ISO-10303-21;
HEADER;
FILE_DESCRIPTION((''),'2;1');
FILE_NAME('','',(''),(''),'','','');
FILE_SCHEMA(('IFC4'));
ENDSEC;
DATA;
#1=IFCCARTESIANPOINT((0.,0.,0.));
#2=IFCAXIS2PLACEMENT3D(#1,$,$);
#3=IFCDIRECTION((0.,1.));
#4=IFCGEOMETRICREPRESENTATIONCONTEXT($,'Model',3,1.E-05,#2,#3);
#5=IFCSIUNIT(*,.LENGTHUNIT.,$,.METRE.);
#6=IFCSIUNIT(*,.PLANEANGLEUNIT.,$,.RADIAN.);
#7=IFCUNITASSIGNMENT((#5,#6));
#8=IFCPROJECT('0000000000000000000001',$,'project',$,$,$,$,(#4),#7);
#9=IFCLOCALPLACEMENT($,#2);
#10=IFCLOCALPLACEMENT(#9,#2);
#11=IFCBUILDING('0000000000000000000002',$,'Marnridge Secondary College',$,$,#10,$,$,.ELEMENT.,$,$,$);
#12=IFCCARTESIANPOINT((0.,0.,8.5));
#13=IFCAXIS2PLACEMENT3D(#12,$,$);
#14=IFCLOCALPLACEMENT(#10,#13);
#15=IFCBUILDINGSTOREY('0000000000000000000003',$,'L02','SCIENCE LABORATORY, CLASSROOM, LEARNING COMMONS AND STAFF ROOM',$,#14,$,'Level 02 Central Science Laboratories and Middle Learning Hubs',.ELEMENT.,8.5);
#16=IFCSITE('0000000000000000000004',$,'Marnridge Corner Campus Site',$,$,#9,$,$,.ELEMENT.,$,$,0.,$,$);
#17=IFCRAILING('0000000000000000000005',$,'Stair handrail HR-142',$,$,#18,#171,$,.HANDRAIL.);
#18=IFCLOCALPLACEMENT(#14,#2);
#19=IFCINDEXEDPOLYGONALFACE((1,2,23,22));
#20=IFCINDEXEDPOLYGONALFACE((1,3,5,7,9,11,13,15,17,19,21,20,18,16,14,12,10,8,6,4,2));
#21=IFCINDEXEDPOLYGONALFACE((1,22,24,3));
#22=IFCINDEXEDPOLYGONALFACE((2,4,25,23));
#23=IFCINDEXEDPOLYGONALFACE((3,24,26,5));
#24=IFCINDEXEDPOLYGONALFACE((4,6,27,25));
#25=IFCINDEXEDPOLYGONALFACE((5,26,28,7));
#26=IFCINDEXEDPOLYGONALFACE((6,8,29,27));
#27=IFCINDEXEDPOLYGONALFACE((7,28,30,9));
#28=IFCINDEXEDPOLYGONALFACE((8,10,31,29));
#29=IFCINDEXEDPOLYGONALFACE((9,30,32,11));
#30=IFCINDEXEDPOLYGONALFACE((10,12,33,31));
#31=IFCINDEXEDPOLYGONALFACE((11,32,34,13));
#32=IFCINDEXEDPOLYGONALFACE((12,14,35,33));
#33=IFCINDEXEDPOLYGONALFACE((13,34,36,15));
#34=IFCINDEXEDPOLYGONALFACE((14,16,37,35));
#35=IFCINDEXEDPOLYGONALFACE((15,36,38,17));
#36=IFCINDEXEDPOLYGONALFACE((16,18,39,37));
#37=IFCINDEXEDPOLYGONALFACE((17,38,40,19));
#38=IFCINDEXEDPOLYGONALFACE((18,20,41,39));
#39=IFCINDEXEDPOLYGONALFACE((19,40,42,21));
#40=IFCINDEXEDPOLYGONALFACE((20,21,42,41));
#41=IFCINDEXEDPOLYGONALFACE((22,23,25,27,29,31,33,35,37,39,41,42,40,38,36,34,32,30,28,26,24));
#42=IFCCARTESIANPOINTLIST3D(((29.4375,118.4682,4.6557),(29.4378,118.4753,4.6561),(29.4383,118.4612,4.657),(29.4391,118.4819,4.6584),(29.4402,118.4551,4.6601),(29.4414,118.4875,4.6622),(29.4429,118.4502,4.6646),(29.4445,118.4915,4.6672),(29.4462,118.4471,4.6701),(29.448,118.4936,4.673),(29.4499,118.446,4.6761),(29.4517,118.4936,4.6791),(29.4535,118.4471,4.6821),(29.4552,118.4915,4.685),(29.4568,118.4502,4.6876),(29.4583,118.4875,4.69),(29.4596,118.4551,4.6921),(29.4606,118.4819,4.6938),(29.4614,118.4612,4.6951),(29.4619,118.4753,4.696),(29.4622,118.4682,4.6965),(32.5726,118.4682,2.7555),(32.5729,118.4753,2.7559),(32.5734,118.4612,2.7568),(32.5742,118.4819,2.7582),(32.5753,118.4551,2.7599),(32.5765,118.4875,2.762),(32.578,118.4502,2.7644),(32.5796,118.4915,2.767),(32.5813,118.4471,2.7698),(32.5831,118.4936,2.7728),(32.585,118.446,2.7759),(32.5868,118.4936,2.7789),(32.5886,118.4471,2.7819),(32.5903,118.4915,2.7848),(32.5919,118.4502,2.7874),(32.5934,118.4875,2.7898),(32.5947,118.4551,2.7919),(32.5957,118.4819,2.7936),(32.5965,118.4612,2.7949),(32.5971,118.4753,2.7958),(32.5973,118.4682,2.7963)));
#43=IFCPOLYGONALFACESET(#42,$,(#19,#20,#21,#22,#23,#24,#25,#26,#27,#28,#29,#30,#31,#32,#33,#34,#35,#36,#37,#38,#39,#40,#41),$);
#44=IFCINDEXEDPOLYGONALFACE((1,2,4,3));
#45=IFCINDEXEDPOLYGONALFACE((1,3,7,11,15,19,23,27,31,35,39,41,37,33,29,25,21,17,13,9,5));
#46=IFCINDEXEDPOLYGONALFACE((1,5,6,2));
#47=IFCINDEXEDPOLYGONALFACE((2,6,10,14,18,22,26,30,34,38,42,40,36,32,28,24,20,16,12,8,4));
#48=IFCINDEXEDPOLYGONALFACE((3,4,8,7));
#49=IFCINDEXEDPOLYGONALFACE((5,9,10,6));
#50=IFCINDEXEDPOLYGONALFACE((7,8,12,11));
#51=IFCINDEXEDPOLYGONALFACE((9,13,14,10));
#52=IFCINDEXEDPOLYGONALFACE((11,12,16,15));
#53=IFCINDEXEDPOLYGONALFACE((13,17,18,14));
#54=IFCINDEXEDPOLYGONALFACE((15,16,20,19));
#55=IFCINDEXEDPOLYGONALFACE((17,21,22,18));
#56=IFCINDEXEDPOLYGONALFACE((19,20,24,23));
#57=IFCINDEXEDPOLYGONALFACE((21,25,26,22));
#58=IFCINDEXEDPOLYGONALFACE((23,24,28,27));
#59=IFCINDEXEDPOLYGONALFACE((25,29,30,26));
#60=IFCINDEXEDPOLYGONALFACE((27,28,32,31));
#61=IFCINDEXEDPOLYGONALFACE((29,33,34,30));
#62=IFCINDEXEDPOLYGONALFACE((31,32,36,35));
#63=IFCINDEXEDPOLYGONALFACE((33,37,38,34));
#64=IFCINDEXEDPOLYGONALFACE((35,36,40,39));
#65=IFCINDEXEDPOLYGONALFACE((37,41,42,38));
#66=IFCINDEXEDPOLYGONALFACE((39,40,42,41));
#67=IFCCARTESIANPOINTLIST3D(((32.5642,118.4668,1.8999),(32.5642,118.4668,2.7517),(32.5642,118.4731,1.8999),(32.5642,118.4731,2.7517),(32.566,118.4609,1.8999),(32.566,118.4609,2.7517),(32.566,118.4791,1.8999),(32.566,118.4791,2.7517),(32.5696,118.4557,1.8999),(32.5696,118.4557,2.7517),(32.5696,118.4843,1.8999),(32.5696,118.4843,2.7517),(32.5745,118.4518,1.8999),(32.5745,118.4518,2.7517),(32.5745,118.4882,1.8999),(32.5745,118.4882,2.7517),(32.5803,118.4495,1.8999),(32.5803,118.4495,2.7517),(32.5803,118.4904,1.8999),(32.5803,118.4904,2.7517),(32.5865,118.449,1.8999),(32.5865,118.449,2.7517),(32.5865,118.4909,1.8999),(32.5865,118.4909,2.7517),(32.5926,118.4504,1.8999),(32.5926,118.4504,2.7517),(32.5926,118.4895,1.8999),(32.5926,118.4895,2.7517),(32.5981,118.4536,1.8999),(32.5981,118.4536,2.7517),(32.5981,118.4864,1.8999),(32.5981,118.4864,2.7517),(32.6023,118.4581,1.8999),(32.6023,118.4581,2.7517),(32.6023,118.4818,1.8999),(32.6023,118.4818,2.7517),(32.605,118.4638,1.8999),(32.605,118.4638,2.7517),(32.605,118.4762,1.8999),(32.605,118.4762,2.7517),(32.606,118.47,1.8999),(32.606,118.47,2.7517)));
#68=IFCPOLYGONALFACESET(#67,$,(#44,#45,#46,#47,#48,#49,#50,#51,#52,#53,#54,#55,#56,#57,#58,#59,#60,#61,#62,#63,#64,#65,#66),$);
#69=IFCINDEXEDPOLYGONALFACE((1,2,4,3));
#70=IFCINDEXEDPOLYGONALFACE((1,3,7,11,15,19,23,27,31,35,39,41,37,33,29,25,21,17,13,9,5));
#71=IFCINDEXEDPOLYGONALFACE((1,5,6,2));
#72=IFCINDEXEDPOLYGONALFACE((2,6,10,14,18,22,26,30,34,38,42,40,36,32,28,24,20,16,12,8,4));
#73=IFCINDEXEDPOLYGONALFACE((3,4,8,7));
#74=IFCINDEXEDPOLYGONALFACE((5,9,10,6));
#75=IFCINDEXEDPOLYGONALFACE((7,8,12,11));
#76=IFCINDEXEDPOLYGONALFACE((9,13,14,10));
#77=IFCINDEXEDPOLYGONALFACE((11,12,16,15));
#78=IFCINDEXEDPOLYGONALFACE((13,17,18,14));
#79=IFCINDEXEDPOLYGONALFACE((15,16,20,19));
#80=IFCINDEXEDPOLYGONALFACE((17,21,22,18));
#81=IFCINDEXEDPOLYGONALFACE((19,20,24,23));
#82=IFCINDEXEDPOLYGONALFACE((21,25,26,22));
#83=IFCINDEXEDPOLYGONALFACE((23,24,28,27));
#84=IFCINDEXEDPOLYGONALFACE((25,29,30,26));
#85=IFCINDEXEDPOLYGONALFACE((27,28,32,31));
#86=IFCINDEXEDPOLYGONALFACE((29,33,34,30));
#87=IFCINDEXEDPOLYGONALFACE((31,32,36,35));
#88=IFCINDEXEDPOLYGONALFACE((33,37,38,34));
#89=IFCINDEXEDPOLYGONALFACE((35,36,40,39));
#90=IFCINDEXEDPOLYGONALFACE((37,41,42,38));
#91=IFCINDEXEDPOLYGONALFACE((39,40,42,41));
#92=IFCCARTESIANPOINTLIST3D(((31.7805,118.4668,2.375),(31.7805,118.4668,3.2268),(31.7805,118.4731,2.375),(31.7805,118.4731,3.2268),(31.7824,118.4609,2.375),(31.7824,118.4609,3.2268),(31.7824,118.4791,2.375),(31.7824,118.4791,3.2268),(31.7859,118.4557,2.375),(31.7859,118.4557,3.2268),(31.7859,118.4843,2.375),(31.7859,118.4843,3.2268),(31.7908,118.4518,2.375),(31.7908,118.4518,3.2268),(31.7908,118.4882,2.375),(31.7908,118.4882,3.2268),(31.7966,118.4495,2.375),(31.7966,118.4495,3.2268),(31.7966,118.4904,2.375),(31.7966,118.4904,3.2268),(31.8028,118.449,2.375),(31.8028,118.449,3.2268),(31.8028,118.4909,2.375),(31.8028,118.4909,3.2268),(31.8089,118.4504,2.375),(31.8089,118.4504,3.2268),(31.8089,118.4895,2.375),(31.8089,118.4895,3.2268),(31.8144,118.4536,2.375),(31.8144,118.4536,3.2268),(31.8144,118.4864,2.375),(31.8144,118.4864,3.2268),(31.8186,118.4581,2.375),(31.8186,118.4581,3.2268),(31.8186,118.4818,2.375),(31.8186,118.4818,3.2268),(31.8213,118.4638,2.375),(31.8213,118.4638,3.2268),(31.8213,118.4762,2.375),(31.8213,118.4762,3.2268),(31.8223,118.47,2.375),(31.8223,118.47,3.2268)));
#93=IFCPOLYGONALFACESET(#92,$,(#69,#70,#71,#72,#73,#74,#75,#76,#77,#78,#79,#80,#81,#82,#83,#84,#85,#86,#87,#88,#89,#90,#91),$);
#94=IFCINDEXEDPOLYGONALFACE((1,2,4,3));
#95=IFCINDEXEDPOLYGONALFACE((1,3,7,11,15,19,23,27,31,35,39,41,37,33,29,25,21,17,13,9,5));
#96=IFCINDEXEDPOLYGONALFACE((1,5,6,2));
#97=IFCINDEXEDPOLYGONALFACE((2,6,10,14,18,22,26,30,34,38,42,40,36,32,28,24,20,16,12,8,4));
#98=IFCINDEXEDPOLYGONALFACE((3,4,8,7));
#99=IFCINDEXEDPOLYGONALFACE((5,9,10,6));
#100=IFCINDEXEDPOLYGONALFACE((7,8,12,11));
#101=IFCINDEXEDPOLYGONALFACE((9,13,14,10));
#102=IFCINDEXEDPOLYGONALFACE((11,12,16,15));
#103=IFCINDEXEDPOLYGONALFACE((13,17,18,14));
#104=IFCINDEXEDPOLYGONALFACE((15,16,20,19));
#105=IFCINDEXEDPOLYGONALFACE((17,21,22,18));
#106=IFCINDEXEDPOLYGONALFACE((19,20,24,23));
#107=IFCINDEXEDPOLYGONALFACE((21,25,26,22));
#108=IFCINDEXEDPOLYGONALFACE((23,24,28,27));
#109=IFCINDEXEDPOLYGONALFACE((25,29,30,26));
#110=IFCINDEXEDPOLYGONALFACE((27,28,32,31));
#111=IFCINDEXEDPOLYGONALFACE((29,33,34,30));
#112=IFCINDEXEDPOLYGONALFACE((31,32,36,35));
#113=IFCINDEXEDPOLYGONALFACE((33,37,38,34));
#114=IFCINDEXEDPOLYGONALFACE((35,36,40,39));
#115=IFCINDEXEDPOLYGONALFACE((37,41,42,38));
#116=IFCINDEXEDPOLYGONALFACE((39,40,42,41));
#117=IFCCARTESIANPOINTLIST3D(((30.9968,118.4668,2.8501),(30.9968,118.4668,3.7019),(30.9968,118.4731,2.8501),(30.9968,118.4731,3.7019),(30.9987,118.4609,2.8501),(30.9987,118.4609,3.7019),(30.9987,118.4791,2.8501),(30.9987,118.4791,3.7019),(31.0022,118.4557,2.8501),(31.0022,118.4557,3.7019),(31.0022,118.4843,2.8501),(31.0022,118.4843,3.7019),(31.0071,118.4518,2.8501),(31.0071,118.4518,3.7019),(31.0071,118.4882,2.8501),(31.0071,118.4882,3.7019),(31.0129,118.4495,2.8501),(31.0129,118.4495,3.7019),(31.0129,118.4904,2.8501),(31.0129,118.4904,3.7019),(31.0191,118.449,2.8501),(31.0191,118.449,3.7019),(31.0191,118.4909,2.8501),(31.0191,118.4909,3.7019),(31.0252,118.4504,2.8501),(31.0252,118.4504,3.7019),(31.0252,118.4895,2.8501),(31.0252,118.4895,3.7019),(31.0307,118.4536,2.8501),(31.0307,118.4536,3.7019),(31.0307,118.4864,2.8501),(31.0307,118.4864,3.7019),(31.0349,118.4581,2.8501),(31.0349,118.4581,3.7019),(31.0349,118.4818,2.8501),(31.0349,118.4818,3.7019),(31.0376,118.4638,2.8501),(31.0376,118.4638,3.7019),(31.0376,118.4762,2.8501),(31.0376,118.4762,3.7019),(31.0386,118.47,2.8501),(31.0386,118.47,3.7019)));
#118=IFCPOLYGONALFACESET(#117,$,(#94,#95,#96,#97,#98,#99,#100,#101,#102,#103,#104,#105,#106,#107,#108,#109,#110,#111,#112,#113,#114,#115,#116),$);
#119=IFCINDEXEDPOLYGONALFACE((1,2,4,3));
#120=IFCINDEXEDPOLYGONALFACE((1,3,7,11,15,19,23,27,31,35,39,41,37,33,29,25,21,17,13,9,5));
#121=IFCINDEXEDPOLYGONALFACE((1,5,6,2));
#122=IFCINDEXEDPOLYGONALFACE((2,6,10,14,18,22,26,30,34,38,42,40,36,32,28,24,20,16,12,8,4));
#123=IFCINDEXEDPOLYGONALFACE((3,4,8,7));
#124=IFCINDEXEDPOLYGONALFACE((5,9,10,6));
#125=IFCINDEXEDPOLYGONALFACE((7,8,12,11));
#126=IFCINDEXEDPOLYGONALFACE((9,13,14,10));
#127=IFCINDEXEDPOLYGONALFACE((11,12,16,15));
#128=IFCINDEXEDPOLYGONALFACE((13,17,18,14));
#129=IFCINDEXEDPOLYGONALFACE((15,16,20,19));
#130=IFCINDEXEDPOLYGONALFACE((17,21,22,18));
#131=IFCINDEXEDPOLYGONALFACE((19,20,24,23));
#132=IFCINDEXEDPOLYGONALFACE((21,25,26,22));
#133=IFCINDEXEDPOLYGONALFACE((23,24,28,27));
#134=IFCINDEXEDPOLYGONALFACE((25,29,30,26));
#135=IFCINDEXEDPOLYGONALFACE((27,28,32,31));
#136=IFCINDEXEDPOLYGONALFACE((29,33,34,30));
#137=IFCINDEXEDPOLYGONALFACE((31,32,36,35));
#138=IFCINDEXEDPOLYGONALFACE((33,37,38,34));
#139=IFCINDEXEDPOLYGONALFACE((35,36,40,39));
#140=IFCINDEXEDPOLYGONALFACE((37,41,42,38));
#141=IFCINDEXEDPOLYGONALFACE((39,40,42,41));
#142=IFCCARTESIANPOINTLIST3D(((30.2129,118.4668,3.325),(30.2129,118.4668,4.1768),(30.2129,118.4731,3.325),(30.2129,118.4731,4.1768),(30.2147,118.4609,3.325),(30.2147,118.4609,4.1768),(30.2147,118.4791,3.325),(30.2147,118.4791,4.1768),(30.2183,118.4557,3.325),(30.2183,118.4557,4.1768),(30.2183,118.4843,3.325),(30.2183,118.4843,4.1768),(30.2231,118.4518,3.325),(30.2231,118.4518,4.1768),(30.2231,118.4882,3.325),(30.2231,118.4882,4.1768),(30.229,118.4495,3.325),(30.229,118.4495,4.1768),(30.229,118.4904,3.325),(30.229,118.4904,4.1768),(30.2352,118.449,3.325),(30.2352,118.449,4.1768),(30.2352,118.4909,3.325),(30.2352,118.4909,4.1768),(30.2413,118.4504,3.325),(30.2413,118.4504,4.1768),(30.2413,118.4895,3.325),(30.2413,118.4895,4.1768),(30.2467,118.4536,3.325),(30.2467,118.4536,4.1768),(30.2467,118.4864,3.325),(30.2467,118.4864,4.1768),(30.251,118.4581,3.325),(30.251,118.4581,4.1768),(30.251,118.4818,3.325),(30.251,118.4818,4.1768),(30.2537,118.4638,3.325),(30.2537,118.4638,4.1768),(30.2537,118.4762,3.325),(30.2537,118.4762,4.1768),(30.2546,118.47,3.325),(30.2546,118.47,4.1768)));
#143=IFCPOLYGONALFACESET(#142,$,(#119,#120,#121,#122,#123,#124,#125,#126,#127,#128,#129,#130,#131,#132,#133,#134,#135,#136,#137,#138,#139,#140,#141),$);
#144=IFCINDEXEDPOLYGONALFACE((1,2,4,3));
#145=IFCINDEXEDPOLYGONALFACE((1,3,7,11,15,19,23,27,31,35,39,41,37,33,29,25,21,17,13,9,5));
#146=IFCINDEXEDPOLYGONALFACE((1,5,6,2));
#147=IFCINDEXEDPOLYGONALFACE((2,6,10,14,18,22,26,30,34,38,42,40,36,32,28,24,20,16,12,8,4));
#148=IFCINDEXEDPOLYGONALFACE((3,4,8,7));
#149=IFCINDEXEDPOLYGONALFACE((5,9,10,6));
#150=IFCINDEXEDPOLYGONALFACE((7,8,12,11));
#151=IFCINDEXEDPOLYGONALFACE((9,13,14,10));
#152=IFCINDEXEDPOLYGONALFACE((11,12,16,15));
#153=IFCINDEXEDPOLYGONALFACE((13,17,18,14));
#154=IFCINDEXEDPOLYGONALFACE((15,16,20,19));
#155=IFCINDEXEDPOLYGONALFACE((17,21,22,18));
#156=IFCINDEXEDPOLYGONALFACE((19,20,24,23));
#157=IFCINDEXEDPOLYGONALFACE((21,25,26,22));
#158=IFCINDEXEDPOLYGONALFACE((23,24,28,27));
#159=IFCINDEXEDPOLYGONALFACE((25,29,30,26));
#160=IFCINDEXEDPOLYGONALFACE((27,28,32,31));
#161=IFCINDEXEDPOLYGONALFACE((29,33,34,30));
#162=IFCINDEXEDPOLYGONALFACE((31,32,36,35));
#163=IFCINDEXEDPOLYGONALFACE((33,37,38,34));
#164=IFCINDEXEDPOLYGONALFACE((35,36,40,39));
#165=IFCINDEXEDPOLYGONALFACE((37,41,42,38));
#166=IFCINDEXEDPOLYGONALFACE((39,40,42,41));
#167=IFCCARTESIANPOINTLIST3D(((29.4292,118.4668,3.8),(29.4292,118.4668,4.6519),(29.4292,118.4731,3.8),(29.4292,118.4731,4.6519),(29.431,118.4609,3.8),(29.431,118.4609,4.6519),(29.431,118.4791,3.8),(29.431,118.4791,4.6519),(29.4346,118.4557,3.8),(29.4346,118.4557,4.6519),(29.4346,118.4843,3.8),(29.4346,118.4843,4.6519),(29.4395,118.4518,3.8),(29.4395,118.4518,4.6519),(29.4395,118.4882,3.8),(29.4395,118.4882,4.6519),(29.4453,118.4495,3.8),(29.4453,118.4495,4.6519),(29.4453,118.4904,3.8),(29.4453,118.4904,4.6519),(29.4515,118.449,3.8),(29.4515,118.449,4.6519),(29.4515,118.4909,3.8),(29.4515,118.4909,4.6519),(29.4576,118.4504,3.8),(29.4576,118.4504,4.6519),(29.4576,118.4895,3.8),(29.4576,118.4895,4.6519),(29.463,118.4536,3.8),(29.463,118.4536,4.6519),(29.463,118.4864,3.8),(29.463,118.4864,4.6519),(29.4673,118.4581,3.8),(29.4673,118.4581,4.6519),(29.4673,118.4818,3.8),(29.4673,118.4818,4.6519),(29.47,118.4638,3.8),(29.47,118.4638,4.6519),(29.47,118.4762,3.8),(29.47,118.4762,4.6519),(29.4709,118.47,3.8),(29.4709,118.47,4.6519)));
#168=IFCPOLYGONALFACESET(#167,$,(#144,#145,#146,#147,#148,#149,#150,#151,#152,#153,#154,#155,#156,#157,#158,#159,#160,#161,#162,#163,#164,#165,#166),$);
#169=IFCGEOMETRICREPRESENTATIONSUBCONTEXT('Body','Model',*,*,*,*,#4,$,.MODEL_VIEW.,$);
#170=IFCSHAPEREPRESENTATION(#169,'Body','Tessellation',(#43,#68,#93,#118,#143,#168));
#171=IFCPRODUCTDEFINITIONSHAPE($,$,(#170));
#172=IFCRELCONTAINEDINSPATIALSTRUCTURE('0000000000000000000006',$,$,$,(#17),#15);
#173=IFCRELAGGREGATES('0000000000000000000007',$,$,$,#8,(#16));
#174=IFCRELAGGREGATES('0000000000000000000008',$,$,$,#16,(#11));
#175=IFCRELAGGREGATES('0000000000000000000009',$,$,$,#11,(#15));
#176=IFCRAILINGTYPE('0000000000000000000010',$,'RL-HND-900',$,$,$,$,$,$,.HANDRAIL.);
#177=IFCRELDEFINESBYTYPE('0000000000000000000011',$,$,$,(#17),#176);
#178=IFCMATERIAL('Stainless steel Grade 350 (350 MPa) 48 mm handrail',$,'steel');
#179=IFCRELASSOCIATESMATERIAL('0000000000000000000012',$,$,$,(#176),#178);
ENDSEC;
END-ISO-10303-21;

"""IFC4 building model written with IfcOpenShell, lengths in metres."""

from ifc_helpers import new_model, si_unit, direction, frame, origin, origin_2d, place, context, subcontext, project, spatial, circle, extrude, material, type_object, element, save


model = new_model("IFC4")

# Units and contexts
model_context = context("Model", 3, precision=1e-05, world=origin(), true_north=direction((0.0, 1.0)))
body_context = subcontext(model_context, "Body", "Model", "MODEL_VIEW")
ifc_project = project(units=[si_unit("LENGTHUNIT", "METRE"), si_unit("PLANEANGLEUNIT", "RADIAN")], contexts=[model_context])

# Site, building, storey
site_placement = place(None, origin())
site = spatial("IfcSite", under=ifc_project, at=site_placement, Name="Marnridge Corner Campus Site", CompositionType="ELEMENT", RefElevation=0.0)
building_placement = place(site_placement, origin())
building = spatial("IfcBuilding", under=site, at=building_placement, Name="Marnridge Secondary College", CompositionType="ELEMENT")
storey_placement = place(building_placement, frame((0.0, 0.0, 8.5)))
storey = spatial("IfcBuildingStorey", under=building, at=storey_placement, Name="L02", Description="SCIENCE LABORATORY, CLASSROOM, LEARNING COMMONS AND STAFF ROOM", LongName="Level 02 Central Science Laboratories and Middle Learning Hubs", CompositionType="ELEMENT", Elevation=8.5)

# Railing
ifc_material_1 = material(Name="Stainless steel Grade 350 (350 MPa) 48 mm handrail", Category="steel")
railing_type_1 = type_object("IfcRailingType", Name="RL-HND-900", PredefinedType="HANDRAIL", material=ifc_material_1)
for number, where, name in (
    (1, (32.585, 118.47, 1.8999), "Stair handrail HR-142"),
):
    element("IfcRailing", number, at=place(storey_placement, frame(where)), inside=storey, type_object=railing_type_1, Name=name, PredefinedType="HANDRAIL", context=body_context, shape_type="SweptSolid", body=[
        extrude(circle(Radius=0.0239, at=origin_2d()), frame((0.0, 0.0, 0.876), z_axis=(-0.855181, 0.0, 0.51833), x_axis=(0.0, -1.0, 0.0)), (0.0, 0.0, 1.0), 3.666),
        extrude(circle(Radius=0.021, at=origin_2d()), origin(), (0.0, 0.0, 1.0), 0.8518),
        extrude(circle(Radius=0.021, at=origin_2d()), frame((-0.7837, 0.0, 0.4751)), (0.0, 0.0, 1.0), 0.8518),
        extrude(circle(Radius=0.021, at=origin_2d()), frame((-1.5674, 0.0, 0.9502)), (0.0, 0.0, 1.0), 0.8518),
        extrude(circle(Radius=0.021, at=origin_2d()), frame((-2.3513, 0.0, 1.425)), (0.0, 0.0, 1.0), 0.8518),
        extrude(circle(Radius=0.021, at=origin_2d()), frame((-3.135, 0.0, 1.9001)), (0.0, 0.0, 1.0), 0.8518),
    ])

save(model, "model.ifc")
